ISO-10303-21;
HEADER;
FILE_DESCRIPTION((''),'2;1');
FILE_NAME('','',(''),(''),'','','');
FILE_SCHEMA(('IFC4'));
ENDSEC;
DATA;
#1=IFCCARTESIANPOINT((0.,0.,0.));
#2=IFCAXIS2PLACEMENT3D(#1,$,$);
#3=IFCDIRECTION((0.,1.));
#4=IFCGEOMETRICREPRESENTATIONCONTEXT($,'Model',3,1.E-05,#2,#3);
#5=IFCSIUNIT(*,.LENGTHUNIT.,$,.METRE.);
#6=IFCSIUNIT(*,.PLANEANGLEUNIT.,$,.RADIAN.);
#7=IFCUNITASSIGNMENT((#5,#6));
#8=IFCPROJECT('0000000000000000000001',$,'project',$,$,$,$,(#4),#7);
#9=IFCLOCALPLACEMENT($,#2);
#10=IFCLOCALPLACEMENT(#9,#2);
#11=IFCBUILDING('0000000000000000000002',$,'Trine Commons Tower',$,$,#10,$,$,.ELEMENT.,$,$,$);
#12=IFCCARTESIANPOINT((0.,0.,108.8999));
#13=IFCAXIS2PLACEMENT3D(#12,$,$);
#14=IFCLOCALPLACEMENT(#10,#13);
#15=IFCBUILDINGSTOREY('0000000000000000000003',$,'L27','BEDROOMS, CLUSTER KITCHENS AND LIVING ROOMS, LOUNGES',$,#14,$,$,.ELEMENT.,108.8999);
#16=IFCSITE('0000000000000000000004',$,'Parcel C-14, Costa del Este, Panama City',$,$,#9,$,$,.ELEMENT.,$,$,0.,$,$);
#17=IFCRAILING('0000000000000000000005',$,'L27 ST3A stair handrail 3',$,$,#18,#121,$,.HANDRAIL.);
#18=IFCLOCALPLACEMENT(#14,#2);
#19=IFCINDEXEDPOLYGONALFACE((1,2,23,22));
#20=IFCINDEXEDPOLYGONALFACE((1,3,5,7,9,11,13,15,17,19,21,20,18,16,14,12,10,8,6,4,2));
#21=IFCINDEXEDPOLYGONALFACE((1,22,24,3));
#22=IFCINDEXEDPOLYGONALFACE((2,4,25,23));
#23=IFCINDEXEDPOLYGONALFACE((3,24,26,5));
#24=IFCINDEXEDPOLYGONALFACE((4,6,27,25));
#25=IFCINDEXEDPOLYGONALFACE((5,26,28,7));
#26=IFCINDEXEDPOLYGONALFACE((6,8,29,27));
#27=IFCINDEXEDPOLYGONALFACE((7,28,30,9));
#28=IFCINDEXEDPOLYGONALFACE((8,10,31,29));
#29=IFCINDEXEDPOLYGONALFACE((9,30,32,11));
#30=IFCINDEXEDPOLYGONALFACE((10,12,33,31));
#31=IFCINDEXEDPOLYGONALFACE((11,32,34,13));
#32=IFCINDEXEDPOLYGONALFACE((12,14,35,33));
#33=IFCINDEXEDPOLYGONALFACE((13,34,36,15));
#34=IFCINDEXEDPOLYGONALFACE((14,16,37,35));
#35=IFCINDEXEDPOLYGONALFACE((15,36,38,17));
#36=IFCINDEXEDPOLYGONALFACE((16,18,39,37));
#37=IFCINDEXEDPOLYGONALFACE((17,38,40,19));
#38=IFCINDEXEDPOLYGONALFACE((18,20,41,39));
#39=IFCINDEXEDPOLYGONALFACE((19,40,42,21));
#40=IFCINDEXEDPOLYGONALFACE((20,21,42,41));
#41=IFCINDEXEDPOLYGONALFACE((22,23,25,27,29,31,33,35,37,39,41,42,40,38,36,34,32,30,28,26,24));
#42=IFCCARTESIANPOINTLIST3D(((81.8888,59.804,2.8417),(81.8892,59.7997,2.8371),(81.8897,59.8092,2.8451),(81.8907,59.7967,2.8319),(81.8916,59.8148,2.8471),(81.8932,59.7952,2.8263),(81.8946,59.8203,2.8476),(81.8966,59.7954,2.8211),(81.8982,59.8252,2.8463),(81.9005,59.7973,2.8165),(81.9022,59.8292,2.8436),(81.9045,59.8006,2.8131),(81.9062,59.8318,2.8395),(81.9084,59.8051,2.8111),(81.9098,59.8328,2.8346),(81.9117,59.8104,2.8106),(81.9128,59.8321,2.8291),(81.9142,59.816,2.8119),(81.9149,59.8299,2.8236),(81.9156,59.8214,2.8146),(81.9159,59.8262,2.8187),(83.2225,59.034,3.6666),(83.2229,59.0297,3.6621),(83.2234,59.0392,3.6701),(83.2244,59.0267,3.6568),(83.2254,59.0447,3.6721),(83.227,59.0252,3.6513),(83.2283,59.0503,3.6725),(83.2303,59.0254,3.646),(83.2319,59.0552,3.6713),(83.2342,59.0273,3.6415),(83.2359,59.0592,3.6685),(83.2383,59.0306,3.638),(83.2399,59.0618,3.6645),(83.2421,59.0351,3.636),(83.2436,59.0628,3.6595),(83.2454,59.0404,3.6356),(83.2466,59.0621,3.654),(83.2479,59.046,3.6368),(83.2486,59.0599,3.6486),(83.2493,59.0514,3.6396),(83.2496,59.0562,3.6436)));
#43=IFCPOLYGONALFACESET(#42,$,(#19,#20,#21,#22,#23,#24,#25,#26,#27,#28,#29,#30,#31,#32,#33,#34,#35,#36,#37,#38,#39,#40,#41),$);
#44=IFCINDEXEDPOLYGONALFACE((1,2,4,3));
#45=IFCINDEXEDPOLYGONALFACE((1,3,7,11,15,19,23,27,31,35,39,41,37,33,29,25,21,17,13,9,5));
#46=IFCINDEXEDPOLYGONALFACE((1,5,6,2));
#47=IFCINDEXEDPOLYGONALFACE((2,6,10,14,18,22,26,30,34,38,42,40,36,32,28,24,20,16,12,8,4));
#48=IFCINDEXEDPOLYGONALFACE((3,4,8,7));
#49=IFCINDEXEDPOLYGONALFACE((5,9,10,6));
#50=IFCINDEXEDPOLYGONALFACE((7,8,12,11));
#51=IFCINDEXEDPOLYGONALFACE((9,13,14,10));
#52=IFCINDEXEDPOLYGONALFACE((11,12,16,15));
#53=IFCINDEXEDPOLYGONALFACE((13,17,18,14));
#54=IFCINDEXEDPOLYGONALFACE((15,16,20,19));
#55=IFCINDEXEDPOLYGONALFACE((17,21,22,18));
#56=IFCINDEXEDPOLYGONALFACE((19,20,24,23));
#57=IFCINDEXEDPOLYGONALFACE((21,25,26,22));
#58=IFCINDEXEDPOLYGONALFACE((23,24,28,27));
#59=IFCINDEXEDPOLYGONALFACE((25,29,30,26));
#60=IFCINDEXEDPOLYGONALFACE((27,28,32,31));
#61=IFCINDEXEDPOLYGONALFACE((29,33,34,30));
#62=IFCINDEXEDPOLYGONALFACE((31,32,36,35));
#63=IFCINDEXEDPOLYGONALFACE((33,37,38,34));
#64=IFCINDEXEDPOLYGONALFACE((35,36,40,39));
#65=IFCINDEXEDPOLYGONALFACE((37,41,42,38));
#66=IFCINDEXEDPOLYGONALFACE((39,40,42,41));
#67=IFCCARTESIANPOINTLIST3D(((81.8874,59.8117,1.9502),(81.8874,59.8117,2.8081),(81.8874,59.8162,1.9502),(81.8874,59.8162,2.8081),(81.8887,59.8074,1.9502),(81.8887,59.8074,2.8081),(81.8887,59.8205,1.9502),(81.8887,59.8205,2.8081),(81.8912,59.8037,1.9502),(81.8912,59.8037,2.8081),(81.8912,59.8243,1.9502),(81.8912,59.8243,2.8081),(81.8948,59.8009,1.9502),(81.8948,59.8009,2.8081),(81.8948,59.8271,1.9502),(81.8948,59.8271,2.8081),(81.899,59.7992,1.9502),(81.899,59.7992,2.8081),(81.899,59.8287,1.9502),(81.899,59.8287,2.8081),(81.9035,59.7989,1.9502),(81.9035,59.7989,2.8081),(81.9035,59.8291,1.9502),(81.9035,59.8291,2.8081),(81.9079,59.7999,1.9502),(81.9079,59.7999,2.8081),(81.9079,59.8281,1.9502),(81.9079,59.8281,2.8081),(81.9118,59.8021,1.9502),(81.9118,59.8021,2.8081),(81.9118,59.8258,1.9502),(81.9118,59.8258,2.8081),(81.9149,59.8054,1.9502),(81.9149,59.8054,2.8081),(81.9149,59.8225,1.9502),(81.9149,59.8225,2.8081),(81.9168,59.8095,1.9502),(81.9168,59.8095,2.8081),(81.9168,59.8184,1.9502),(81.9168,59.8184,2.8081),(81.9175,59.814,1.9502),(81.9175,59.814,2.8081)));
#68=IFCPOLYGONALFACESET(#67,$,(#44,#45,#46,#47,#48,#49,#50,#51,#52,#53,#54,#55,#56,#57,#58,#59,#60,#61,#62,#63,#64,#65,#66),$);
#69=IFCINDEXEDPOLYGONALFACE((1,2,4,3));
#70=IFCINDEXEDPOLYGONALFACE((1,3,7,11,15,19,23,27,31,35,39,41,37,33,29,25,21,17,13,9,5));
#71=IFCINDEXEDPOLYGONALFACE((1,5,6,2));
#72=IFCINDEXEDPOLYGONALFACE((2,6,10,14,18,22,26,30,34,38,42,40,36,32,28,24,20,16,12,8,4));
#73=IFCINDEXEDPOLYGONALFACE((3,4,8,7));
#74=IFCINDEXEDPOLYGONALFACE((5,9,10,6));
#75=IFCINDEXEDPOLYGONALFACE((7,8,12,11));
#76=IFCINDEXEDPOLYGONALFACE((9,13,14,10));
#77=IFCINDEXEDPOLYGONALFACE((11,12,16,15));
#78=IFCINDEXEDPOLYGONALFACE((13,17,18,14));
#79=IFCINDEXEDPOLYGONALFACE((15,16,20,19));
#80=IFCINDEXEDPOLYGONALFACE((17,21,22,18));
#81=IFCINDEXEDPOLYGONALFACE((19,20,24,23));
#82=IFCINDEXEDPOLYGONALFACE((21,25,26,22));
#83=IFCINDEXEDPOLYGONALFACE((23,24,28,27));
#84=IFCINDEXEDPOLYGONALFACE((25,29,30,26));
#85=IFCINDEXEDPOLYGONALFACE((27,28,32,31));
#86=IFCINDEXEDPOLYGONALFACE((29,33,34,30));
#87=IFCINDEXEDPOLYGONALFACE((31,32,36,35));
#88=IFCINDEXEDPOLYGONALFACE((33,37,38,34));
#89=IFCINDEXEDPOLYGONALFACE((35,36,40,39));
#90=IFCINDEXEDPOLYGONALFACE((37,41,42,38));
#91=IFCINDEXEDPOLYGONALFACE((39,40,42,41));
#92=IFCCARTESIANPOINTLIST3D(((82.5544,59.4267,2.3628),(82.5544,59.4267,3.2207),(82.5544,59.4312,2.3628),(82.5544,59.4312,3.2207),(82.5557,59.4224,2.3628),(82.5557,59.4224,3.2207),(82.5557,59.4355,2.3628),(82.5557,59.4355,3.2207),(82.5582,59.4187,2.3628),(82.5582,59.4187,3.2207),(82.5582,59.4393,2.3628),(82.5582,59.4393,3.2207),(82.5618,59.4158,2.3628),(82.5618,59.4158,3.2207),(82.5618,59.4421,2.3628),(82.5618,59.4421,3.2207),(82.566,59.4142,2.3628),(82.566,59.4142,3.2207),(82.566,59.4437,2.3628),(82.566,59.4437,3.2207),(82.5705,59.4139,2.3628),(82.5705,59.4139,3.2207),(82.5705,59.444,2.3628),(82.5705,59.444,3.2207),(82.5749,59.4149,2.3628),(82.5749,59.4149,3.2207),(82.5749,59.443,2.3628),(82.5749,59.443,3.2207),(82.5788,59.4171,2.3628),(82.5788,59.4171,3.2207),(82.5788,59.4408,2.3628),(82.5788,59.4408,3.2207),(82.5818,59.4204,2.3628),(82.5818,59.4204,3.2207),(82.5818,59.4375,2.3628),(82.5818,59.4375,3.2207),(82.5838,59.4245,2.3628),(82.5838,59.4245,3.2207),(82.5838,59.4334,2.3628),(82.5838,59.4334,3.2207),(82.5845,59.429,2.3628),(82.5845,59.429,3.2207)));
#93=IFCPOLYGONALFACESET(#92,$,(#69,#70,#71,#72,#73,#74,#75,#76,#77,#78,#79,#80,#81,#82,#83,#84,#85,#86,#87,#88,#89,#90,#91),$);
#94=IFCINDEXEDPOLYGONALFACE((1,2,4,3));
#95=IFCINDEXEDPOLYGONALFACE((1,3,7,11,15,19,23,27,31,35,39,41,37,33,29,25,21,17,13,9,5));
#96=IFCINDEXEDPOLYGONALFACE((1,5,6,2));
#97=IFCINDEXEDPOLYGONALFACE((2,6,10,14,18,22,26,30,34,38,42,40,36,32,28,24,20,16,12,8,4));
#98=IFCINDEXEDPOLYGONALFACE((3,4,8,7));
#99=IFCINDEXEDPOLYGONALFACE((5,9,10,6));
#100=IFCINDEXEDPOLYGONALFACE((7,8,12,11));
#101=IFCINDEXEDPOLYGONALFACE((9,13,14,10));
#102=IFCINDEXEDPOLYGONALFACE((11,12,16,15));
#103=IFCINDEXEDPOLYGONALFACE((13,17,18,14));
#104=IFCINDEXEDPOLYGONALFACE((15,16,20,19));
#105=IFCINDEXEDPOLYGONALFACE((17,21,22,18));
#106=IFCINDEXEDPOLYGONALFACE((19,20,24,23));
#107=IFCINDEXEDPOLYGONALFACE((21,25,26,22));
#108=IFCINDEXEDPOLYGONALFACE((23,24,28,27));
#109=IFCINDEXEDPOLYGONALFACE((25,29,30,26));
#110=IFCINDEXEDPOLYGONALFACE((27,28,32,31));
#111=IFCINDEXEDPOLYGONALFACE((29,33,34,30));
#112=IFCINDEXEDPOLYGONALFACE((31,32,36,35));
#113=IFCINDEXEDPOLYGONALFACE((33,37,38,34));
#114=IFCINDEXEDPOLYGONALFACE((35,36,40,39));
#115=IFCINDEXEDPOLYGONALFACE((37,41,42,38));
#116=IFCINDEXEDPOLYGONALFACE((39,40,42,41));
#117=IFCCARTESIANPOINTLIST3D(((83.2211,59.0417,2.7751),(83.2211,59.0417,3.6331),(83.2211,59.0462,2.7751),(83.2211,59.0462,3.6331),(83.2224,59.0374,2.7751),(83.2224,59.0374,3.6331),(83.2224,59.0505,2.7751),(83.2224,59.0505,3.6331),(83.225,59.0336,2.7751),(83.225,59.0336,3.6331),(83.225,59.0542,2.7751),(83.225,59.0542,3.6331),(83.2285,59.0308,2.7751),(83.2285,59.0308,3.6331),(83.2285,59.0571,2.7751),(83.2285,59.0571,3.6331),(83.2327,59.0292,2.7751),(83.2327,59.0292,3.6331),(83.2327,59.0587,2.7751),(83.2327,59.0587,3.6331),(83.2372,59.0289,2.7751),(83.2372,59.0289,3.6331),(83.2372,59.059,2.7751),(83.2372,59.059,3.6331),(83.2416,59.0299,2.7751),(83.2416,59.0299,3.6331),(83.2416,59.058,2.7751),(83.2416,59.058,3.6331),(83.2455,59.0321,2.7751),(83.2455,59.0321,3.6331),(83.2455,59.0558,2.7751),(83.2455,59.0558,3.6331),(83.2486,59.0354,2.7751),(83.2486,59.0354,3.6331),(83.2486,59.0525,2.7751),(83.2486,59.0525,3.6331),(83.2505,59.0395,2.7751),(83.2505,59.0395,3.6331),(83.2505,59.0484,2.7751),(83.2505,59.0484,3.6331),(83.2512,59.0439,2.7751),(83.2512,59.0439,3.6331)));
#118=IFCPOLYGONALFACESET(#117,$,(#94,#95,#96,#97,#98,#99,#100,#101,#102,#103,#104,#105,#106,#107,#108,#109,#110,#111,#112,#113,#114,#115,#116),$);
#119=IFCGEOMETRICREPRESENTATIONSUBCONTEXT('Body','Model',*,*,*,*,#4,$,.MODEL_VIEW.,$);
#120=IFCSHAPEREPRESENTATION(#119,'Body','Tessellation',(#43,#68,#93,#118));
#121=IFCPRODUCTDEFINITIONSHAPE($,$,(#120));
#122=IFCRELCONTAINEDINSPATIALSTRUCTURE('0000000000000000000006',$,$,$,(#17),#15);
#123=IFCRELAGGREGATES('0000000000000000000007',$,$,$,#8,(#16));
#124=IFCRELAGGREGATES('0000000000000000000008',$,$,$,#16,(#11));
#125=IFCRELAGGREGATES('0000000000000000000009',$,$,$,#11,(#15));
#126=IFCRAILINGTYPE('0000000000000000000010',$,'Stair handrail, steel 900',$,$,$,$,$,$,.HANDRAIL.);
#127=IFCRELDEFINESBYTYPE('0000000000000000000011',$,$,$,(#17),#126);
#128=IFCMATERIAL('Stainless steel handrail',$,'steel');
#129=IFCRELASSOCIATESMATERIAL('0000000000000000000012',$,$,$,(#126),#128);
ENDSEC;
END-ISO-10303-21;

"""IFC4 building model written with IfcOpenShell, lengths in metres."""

from ifc_helpers import new_model, si_unit, direction, frame, origin, origin_2d, place, context, subcontext, project, spatial, circle, extrude, material, type_object, element, save


model = new_model("IFC4")

# Units and contexts
model_context = context("Model", 3, precision=1e-05, world=origin(), true_north=direction((0.0, 1.0)))
body_context = subcontext(model_context, "Body", "Model", "MODEL_VIEW")
ifc_project = project(units=[si_unit("LENGTHUNIT", "METRE"), si_unit("PLANEANGLEUNIT", "RADIAN")], contexts=[model_context])

# Site, building, storey
site_placement = place(None, origin())
site = spatial("IfcSite", under=ifc_project, at=site_placement, Name="Parcel C-14, Costa del Este, Panama City", CompositionType="ELEMENT", RefElevation=0.0)
building_placement = place(site_placement, origin())
building = spatial("IfcBuilding", under=site, at=building_placement, Name="Trine Commons Tower", CompositionType="ELEMENT")
storey_placement = place(building_placement, frame((0.0, 0.0, 108.8999)))
storey = spatial("IfcBuildingStorey", under=building, at=storey_placement, Name="L27", Description="BEDROOMS, CLUSTER KITCHENS AND LIVING ROOMS, LOUNGES", CompositionType="ELEMENT", Elevation=108.8999)

# Railing
ifc_material_1 = material(Name="Stainless steel handrail", Category="steel")
railing_type_1 = type_object("IfcRailingType", Name="Stair handrail, steel 900", PredefinedType="HANDRAIL", material=ifc_material_1)
for number, where, name in (
    (1, (81.9023, 59.814, 1.9502), "L27 ST3A stair handrail 3"),
):
    element("IfcRailing", number, at=place(storey_placement, frame(where)), inside=storey, type_object=railing_type_1, Name=name, PredefinedType="HANDRAIL", context=body_context, shape_type="SweptSolid", body=[
        extrude(circle(Radius=0.021, at=origin_2d()), frame((0.0, 0.0, 0.8789), z_axis=(0.763405, -0.440743, 0.472185), x_axis=(0.499992, 0.86603, 0.0)), (0.0, 0.0, 1.0), 1.7471),
        extrude(circle(Radius=0.0151, at=origin_2d()), origin(), (0.0, 0.0, 1.0), 0.8579),
        extrude(circle(Radius=0.0151, at=origin_2d()), frame((0.667, -0.385, 0.4126)), (0.0, 0.0, 1.0), 0.8579),
        extrude(circle(Radius=0.0151, at=origin_2d()), frame((1.3337, -0.77, 0.825)), (0.0, 0.0, 1.0), 0.8579),
    ])

save(model, "model.ifc")
